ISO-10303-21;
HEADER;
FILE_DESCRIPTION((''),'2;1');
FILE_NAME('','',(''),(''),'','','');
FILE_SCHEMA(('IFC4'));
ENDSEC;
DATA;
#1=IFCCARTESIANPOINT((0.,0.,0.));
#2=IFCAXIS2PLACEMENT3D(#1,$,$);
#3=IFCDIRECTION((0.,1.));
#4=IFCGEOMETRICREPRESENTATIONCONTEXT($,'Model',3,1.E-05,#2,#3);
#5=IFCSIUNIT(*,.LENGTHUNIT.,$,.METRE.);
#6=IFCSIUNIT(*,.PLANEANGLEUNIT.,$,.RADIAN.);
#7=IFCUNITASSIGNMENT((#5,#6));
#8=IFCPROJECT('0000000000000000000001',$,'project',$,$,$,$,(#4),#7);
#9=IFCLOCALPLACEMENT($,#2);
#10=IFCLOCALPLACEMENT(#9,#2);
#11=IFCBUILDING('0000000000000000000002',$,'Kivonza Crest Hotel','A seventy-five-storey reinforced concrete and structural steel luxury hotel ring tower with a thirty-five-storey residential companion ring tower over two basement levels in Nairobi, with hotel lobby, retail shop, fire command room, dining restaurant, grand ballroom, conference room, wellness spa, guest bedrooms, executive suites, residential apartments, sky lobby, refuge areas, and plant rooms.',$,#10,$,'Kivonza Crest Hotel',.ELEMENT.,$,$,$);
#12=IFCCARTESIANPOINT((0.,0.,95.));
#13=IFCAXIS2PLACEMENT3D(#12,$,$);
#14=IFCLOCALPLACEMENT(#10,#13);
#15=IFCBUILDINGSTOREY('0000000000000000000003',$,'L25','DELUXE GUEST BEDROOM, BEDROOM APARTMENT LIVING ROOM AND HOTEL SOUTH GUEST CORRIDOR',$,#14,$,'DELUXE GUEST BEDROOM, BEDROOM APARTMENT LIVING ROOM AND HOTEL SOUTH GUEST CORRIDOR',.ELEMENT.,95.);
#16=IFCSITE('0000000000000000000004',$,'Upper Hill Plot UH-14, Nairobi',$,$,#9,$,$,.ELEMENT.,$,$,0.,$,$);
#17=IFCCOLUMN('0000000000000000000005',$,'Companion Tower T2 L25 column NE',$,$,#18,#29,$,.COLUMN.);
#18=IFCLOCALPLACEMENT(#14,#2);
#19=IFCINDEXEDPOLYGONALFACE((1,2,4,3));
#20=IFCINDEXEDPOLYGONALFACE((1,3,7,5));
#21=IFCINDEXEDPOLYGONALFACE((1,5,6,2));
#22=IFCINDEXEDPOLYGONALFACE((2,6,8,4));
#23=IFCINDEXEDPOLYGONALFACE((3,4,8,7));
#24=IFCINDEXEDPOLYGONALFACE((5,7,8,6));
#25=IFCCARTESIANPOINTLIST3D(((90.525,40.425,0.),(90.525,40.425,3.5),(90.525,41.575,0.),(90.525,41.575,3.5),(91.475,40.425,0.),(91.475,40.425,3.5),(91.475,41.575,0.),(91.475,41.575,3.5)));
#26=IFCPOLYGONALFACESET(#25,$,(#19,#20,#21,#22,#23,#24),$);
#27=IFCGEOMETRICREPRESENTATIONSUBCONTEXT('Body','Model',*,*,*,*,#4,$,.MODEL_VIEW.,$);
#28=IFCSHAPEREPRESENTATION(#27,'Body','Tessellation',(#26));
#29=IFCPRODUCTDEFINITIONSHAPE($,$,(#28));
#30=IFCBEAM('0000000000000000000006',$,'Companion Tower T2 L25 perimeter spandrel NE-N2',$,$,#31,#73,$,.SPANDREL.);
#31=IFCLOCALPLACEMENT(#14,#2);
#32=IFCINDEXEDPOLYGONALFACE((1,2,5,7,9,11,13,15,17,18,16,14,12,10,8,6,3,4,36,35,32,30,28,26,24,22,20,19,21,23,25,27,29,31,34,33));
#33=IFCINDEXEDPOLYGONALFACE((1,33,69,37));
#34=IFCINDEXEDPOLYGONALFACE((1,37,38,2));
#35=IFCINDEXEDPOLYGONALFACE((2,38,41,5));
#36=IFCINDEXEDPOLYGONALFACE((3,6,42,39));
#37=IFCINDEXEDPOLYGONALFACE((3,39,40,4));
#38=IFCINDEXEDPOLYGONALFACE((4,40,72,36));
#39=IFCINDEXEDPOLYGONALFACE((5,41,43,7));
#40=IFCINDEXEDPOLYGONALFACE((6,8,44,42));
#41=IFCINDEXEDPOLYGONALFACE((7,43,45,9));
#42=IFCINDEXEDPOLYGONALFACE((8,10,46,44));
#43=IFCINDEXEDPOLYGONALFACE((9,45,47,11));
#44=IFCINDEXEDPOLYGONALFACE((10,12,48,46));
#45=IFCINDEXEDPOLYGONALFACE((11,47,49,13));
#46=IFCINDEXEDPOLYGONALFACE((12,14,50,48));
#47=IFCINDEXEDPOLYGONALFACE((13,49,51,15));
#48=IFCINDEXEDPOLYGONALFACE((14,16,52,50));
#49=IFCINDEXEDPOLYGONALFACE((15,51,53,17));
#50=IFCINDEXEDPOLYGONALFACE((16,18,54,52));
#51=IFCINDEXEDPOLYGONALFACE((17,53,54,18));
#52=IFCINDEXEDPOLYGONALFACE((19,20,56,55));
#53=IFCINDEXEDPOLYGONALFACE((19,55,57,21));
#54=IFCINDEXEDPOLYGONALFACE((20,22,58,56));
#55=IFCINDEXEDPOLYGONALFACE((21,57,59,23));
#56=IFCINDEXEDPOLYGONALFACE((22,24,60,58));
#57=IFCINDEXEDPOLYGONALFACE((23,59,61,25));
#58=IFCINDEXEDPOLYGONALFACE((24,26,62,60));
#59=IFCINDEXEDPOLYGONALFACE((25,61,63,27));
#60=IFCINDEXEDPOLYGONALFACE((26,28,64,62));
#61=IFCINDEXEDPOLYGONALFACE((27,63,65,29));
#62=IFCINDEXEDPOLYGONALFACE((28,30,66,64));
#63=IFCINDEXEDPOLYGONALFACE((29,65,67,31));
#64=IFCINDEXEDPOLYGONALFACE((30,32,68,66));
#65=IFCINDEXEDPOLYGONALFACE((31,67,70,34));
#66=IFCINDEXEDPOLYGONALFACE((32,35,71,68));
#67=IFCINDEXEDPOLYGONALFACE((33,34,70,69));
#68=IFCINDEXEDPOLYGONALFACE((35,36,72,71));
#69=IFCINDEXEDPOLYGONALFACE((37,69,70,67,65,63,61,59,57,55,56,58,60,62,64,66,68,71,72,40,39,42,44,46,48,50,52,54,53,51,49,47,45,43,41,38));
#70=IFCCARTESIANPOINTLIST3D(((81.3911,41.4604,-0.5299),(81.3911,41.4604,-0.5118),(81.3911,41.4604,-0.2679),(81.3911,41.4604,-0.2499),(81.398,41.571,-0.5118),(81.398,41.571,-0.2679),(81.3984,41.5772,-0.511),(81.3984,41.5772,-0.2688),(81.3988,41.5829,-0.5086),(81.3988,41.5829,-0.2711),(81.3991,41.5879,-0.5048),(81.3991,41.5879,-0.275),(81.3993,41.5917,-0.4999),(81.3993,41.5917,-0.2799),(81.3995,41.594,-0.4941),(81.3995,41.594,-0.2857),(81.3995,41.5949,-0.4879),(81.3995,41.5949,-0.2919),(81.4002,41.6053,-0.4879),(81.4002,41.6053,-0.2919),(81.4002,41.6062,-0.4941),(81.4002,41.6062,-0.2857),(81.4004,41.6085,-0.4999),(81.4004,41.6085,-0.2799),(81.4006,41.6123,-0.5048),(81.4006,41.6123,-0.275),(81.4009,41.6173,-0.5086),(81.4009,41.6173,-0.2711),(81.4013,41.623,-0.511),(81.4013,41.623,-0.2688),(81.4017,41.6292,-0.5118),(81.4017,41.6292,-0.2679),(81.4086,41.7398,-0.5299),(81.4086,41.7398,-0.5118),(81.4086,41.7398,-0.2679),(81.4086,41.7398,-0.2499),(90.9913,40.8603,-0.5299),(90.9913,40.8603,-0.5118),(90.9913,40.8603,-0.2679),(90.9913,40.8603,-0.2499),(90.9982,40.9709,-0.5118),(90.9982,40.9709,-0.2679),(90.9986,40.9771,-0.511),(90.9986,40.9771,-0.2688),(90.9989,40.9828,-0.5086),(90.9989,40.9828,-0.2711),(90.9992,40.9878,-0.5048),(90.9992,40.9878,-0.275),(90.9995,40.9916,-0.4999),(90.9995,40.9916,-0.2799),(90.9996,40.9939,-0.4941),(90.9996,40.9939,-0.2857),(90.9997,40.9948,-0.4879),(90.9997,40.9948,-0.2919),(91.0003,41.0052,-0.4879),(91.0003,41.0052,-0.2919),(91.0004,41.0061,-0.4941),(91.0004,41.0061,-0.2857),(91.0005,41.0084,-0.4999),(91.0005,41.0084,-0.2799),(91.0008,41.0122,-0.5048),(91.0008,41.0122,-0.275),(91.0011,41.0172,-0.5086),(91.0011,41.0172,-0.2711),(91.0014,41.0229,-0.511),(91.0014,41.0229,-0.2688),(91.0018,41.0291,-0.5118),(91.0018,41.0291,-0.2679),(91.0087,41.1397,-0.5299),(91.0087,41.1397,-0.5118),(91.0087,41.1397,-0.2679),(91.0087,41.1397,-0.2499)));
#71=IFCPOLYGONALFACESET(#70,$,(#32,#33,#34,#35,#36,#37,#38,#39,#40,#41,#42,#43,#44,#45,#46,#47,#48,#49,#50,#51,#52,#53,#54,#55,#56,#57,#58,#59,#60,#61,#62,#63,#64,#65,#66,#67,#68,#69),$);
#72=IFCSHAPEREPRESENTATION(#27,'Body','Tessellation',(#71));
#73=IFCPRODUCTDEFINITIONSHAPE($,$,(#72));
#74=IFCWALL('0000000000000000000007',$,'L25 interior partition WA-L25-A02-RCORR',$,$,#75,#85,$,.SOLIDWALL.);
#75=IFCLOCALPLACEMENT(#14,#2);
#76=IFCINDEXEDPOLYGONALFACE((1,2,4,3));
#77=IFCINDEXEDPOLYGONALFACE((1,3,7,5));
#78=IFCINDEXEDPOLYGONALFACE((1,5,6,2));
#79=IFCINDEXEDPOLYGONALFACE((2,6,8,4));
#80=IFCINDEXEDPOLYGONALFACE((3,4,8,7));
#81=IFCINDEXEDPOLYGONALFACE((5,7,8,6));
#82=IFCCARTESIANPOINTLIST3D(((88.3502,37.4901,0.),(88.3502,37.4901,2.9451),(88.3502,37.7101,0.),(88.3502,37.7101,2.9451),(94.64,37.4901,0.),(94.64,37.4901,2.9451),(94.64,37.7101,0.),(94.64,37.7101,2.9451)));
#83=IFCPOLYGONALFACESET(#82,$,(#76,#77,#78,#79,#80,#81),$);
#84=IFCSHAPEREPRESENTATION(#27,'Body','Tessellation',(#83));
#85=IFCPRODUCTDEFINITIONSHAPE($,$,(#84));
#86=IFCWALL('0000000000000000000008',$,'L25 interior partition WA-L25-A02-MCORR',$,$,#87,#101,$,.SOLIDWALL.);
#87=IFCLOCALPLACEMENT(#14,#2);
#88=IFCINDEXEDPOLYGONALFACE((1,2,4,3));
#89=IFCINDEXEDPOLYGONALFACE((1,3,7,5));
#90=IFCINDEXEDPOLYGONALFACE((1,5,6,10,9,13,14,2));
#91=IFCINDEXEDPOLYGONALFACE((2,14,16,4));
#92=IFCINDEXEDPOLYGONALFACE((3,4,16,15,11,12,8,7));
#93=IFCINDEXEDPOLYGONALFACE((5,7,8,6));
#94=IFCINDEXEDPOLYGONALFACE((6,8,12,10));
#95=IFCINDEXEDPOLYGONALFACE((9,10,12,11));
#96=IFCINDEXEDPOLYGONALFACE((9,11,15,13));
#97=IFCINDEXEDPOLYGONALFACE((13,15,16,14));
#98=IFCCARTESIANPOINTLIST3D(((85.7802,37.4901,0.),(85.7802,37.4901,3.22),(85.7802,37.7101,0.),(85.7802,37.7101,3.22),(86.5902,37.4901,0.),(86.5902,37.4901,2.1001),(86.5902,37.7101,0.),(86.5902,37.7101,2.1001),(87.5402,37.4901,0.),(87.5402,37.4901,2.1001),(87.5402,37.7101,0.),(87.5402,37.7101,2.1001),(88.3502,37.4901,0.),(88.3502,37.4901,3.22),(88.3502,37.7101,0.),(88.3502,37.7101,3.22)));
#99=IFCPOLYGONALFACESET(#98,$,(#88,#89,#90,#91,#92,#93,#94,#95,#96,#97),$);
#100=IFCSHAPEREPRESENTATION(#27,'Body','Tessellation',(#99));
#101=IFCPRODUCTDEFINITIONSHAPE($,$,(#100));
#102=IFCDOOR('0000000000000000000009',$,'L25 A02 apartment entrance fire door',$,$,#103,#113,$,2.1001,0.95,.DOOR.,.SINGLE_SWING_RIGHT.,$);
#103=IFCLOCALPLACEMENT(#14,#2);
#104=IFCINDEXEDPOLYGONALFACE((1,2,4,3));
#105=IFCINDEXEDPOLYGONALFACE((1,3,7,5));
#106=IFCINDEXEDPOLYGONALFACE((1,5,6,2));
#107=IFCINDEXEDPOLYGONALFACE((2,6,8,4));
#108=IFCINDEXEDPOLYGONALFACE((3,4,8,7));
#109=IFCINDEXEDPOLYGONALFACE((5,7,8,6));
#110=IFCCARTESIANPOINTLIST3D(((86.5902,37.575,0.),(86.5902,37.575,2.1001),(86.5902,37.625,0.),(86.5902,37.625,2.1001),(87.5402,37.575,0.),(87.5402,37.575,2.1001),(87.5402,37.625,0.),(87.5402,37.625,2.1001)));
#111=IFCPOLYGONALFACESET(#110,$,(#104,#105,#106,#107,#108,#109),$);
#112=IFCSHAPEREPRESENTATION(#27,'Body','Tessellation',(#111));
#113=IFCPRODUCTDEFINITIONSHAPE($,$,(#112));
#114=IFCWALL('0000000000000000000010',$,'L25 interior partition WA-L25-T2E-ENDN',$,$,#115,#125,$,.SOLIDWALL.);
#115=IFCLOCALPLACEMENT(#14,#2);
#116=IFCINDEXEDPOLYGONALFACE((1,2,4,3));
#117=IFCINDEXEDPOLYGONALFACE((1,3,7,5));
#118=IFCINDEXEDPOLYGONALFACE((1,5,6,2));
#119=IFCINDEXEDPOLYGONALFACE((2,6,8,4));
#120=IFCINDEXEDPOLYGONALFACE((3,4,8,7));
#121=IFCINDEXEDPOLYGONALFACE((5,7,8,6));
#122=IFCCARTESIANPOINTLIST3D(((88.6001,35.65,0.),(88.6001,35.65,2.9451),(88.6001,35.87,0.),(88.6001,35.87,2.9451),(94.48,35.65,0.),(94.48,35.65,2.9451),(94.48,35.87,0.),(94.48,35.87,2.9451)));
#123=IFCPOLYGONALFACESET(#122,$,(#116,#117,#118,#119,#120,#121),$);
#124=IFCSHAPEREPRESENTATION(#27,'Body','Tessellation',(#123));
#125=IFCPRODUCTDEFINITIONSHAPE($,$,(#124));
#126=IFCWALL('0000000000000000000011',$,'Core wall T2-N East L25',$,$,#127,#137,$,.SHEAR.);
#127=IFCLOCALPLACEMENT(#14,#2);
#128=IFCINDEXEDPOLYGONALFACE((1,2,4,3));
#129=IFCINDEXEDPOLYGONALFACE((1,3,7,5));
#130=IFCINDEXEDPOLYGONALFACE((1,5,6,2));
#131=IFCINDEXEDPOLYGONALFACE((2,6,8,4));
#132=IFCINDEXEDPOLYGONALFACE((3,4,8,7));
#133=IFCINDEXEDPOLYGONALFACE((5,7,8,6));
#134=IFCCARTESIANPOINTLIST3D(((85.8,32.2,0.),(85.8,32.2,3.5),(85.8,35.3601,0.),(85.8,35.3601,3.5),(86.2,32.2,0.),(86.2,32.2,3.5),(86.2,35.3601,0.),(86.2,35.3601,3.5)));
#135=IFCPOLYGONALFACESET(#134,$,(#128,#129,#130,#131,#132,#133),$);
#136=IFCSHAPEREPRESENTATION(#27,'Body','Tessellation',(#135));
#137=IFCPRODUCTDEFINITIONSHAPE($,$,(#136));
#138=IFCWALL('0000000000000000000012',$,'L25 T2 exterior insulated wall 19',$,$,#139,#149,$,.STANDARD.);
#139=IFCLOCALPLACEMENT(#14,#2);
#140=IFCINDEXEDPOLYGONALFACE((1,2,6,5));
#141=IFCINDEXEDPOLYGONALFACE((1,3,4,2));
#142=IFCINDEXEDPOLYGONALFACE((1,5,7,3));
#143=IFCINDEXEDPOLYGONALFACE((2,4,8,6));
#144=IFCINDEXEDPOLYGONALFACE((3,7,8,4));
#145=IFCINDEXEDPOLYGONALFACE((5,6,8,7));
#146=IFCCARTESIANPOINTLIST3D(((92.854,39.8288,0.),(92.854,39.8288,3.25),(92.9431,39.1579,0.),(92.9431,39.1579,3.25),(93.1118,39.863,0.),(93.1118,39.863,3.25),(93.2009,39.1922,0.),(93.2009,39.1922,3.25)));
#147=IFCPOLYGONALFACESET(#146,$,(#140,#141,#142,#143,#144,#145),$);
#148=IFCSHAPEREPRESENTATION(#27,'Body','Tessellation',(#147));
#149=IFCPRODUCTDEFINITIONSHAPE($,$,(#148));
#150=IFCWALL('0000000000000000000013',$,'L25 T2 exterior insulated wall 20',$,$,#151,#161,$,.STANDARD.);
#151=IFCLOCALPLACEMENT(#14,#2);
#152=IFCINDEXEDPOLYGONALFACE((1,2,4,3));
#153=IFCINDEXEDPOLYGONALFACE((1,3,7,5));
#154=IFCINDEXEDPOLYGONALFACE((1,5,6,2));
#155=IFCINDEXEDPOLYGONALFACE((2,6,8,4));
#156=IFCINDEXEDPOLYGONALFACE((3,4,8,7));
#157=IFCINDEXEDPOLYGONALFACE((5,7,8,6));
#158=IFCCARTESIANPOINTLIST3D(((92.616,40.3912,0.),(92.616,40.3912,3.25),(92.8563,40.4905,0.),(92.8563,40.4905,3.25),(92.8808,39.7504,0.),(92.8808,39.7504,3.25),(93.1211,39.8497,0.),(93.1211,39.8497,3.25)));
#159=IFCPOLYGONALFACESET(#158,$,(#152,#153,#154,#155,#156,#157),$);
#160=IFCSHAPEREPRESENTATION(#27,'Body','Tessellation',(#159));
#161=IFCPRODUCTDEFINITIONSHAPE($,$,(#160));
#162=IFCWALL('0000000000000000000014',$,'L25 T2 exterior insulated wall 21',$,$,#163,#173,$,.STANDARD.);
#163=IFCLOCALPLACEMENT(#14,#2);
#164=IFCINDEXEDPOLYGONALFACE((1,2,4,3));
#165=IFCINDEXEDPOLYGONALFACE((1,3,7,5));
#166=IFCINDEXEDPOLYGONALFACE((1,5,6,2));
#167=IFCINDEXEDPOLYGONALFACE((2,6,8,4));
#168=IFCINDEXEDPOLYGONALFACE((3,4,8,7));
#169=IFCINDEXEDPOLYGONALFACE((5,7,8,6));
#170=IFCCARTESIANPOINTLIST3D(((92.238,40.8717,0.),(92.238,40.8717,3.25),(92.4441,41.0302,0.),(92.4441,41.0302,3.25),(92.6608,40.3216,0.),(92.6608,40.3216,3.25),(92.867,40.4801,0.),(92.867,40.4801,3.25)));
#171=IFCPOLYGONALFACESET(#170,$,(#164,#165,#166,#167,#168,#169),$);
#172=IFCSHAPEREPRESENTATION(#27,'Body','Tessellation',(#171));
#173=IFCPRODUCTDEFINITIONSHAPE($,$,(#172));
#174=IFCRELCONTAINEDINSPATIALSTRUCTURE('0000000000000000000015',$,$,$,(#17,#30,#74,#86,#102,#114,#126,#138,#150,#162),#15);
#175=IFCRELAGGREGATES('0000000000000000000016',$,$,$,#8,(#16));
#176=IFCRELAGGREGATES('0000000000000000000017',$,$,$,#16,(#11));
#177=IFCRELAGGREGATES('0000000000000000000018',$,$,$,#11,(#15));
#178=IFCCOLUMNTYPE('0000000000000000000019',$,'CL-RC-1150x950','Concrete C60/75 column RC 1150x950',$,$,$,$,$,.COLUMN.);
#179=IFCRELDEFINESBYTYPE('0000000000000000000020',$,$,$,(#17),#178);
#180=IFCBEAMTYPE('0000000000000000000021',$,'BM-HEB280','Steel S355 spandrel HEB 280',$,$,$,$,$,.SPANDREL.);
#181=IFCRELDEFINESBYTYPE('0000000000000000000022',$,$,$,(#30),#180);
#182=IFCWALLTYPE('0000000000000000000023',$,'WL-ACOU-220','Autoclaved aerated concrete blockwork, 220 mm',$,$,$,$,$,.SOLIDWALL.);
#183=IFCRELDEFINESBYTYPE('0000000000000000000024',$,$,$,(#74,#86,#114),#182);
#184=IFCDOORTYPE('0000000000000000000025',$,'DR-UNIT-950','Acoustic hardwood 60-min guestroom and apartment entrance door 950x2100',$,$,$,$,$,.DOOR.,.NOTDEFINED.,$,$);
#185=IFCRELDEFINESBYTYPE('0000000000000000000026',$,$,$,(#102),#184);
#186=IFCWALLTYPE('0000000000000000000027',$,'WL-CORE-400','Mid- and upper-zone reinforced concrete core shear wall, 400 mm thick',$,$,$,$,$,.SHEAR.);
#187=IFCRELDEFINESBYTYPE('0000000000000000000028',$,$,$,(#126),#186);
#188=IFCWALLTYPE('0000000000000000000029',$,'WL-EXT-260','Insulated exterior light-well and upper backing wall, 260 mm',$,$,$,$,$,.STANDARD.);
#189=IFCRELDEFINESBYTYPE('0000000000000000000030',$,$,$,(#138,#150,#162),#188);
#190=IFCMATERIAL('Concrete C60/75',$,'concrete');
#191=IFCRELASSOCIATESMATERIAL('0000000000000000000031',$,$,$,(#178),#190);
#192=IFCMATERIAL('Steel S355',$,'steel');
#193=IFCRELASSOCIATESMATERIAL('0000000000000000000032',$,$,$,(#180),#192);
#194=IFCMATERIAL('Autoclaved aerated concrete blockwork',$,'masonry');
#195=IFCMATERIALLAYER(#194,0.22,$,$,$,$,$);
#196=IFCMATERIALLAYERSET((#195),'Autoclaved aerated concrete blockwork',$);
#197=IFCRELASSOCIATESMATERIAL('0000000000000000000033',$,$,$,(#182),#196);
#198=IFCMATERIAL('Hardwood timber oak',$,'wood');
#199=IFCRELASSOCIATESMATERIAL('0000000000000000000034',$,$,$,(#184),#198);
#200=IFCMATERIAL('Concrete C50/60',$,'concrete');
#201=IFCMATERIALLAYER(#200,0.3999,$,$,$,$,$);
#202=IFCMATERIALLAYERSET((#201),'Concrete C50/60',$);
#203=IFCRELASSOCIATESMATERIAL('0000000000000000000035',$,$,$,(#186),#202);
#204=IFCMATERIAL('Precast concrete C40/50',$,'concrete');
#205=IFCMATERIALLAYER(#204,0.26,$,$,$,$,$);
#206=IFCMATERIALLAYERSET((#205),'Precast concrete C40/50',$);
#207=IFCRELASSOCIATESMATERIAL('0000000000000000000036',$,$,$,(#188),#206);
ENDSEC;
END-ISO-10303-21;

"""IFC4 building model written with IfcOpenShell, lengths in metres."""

from ifc_helpers import new_model, si_unit, direction, frame, frame_2d, origin, origin_2d, place, context, subcontext, project, spatial, rectangle, i_section, extrude, material, layer, layer_set, material_profile, profile_set, type_object, element, fill, save


model = new_model("IFC4")

# Units and contexts
model_context = context("Model", 3, precision=1e-05, world=origin(), true_north=direction((0.0, 1.0)))
body_context = subcontext(model_context, "Body", "Model", "MODEL_VIEW")
ifc_project = project(units=[si_unit("LENGTHUNIT", "METRE"), si_unit("PLANEANGLEUNIT", "RADIAN")], contexts=[model_context])

# Site, building, storey
site_placement = place(None, origin())
site = spatial("IfcSite", under=ifc_project, at=site_placement, Name="Upper Hill Plot UH-14, Nairobi", CompositionType="ELEMENT", RefElevation=0.0)
building_placement = place(site_placement, origin())
building = spatial("IfcBuilding", under=site, at=building_placement, Name="Kivonza Crest Hotel", Description="A seventy-five-storey reinforced concrete and structural steel luxury hotel ring tower with a thirty-five-storey residential companion ring tower over two basement levels in Nairobi, with hotel lobby, retail shop, fire command room, dining restaurant, grand ballroom, conference room, wellness spa, guest bedrooms, executive suites, residential apartments, sky lobby, refuge areas, and plant rooms.", LongName="Kivonza Crest Hotel", CompositionType="ELEMENT")
storey_placement = place(building_placement, frame((0.0, 0.0, 95.0)))
storey = spatial("IfcBuildingStorey", under=building, at=storey_placement, Name="L25", Description="DELUXE GUEST BEDROOM, BEDROOM APARTMENT LIVING ROOM AND HOTEL SOUTH GUEST CORRIDOR", LongName="DELUXE GUEST BEDROOM, BEDROOM APARTMENT LIVING ROOM AND HOTEL SOUTH GUEST CORRIDOR", CompositionType="ELEMENT", Elevation=95.0)

# Column
ifc_material_1 = material(Name="Concrete C60/75", Category="concrete")
ifc_material_profile_1 = material_profile(ifc_material_1, rectangle(XDim=0.95, YDim=1.1499, at=origin_2d()), Name="RC 1150x950")
ifc_profile_set_1 = profile_set([ifc_material_profile_1], Name="Concrete C60/75")
column_type = type_object("IfcColumnType", Name="CL-RC-1150x950", Description="Concrete C60/75 column RC 1150x950", PredefinedType="COLUMN", material=ifc_profile_set_1)
column_placement = place(storey_placement, frame((91.0, 41.0, 0.0), z_axis=(0.0, 0.0, 1.0), x_axis=(1.0, 0.0, 0.0)))
element("IfcColumn", 1, at=column_placement, inside=storey, type_object=column_type, Name="Companion Tower T2 L25 column NE", PredefinedType="COLUMN", context=body_context, shape_type="SweptSolid", body=[
    extrude(rectangle(XDim=0.95, YDim=1.1499, at=origin_2d()), origin(), (0.0, 0.0, 1.0), 3.5),
])

# Beam
ifc_material_2 = material(Name="Steel S355", Category="steel")
ifc_material_profile_2 = material_profile(ifc_material_2, i_section(OverallWidth=0.28, OverallDepth=0.28, WebThickness=0.0105, FlangeThickness=0.0181, FilletRadius=0.0239, at=origin_2d()), Name="HEB 280")
ifc_profile_set_2 = profile_set([ifc_material_profile_2], Name="Steel S355")
beam_type = type_object("IfcBeamType", Name="BM-HEB280", Description="Steel S355 spandrel HEB 280", PredefinedType="SPANDREL", material=ifc_profile_set_2)
beam_placement = place(storey_placement, frame((91.0, 41.0, -0.3899), z_axis=(-0.998052, 0.062388, 0.0), x_axis=(-0.062388, -0.998052, 0.0)))
element("IfcBeam", 2, at=beam_placement, inside=storey, type_object=beam_type, Name="Companion Tower T2 L25 perimeter spandrel NE-N2", PredefinedType="SPANDREL", context=body_context, shape_type="SweptSolid", body=[
    extrude(i_section(OverallWidth=0.28, OverallDepth=0.28, WebThickness=0.0105, FlangeThickness=0.0181, FilletRadius=0.0239, at=origin_2d()), origin(), (0.0, 0.0, 1.0), 9.6189),
])

# Wall
ifc_material_3 = material(Name="Autoclaved aerated concrete blockwork", Category="masonry")
ifc_layer_1 = layer(ifc_material_3, 0.22)
ifc_layer_set_1 = layer_set([ifc_layer_1], Name="Autoclaved aerated concrete blockwork")
wall_type_1 = type_object("IfcWallType", Name="WL-ACOU-220", Description="Autoclaved aerated concrete blockwork, 220 mm", PredefinedType="SOLIDWALL", material=ifc_layer_set_1)
wall_1_placement = place(storey_placement, frame((88.3501, 37.6001, 0.0), z_axis=(0.0, 0.0, 1.0), x_axis=(1.0, 0.0, 0.0)))
element("IfcWall", 3, at=wall_1_placement, inside=storey, type_object=wall_type_1, Name="L25 interior partition WA-L25-A02-RCORR", PredefinedType="SOLIDWALL", context=body_context, shape_type="SweptSolid", body=[
    extrude(rectangle(XDim=6.2898, YDim=0.22, at=frame_2d((3.145, 0.0))), origin(), (0.0, 0.0, 1.0), 2.9451),
])

# Wall, opening, door
wall_2_placement = place(storey_placement, frame((85.78, 37.6001, 0.0), z_axis=(0.0, 0.0, 1.0), x_axis=(1.0, 0.0, 0.0)))
wall_2 = element("IfcWall", 4, at=wall_2_placement, inside=storey, type_object=wall_type_1, Name="L25 interior partition WA-L25-A02-MCORR", PredefinedType="SOLIDWALL", context=body_context, shape_type="SweptSolid", body=[
    extrude(rectangle(XDim=2.5701, YDim=0.22, at=frame_2d((1.2852, 0.0))), origin(), (0.0, 0.0, 1.0), 3.22),
])
opening_1_placement = place(wall_2_placement, frame((0.8101, 0.0, 0.0)))
opening_1 = element("IfcOpeningElement", 5, at=opening_1_placement, cuts=wall_2, PredefinedType="OPENING", context=body_context, shape_type="SweptSolid", body=[
    extrude(rectangle(XDim=0.95, YDim=2.1001, at=frame_2d((0.4751, 1.05))), frame((0.0, 0.1201, 0.0), z_axis=(0.0, -1.0, 0.0), x_axis=(1.0, 0.0, 0.0)), (0.0, 0.0, 1.0), 0.24),
])
ifc_material_4 = material(Name="Hardwood timber oak", Category="wood")
door_type_1 = type_object("IfcDoorType", Name="DR-UNIT-950", Description="Acoustic hardwood 60-min guestroom and apartment entrance door 950x2100", OperationType="NOTDEFINED", PredefinedType="DOOR", material=ifc_material_4)
door_1_placement = place(opening_1_placement, origin())
door_1 = element("IfcDoor", 6, at=door_1_placement, inside=storey, type_object=door_type_1, Name="L25 A02 apartment entrance fire door", OperationType="SINGLE_SWING_RIGHT", OverallHeight=2.1001, OverallWidth=0.95, PredefinedType="DOOR", context=body_context, shape_type="SweptSolid", body=[
    extrude(rectangle(XDim=0.95, YDim=2.1001, at=frame_2d((0.4751, 1.05))), frame((0.0, 0.0249, 0.0), z_axis=(0.0, -1.0, 0.0), x_axis=(1.0, 0.0, 0.0)), (0.0, 0.0, 1.0), 0.05),
])
fill(opening_1, door_1)

# Walls
wall_3_placement = place(storey_placement, frame((88.6001, 35.76, 0.0), z_axis=(0.0, 0.0, 1.0), x_axis=(1.0, 0.0, 0.0)))
element("IfcWall", 7, at=wall_3_placement, inside=storey, type_object=wall_type_1, Name="L25 interior partition WA-L25-T2E-ENDN", PredefinedType="SOLIDWALL", context=body_context, shape_type="SweptSolid", body=[
    extrude(rectangle(XDim=5.8799, YDim=0.22, at=frame_2d((2.9399, 0.0))), origin(), (0.0, 0.0, 1.0), 2.9451),
])
ifc_material_5 = material(Name="Concrete C50/60", Category="concrete")
ifc_layer_2 = layer(ifc_material_5, 0.3999)
ifc_layer_set_2 = layer_set([ifc_layer_2], Name="Concrete C50/60")
wall_type_2 = type_object("IfcWallType", Name="WL-CORE-400", Description="Mid- and upper-zone reinforced concrete core shear wall, 400 mm thick", PredefinedType="SHEAR", material=ifc_layer_set_2)
wall_4_placement = place(storey_placement, frame((86.0, 32.2, 0.0), z_axis=(0.0, 0.0, 1.0), x_axis=(0.0, 1.0, 0.0)))
element("IfcWall", 8, at=wall_4_placement, inside=storey, type_object=wall_type_2, Name="Core wall T2-N East L25", PredefinedType="SHEAR", context=body_context, shape_type="SweptSolid", body=[
    extrude(rectangle(XDim=3.1602, YDim=0.3999, at=frame_2d((1.5801, 0.0))), origin(), (0.0, 0.0, 1.0), 3.5),
])
ifc_material_6 = material(Name="Precast concrete C40/50", Category="concrete")
ifc_layer_3 = layer(ifc_material_6, 0.26)
ifc_layer_set_3 = layer_set([ifc_layer_3], Name="Precast concrete C40/50")
wall_type_3 = type_object("IfcWallType", Name="WL-EXT-260", Description="Insulated exterior light-well and upper backing wall, 260 mm", PredefinedType="STANDARD", material=ifc_layer_set_3)
wall_5_placement = place(storey_placement, frame((93.072, 39.175, 0.0), z_axis=(0.0, 0.0, 1.0), x_axis=(-0.131667, 0.991294, 0.0)))
element("IfcWall", 9, at=wall_5_placement, inside=storey, type_object=wall_type_3, Name="L25 T2 exterior insulated wall 19", PredefinedType="STANDARD", context=body_context, shape_type="SweptSolid", body=[
    extrude(rectangle(XDim=0.6768, YDim=0.26, at=frame_2d((0.3384, 0.0))), origin(), (0.0, 0.0, 1.0), 3.25),
])
wall_6_placement = place(storey_placement, frame((93.001, 39.8, 0.0), z_axis=(0.0, 0.0, 1.0), x_axis=(-0.381989, 0.924167, 0.0)))
element("IfcWall", 10, at=wall_6_placement, inside=storey, type_object=wall_type_3, Name="L25 T2 exterior insulated wall 20", PredefinedType="STANDARD", context=body_context, shape_type="SweptSolid", body=[
    extrude(rectangle(XDim=0.6934, YDim=0.26, at=frame_2d((0.3467, 0.0))), origin(), (0.0, 0.0, 1.0), 3.25),
])
wall_7_placement = place(storey_placement, frame((92.7639, 40.4009, 0.0), z_axis=(0.0, 0.0, 1.0), x_axis=(-0.609473, 0.792807, 0.0)))
element("IfcWall", 11, at=wall_7_placement, inside=storey, type_object=wall_type_3, Name="L25 T2 exterior insulated wall 21", PredefinedType="STANDARD", context=body_context, shape_type="SweptSolid", body=[
    extrude(rectangle(XDim=0.6938, YDim=0.26, at=frame_2d((0.3469, 0.0))), origin(), (0.0, 0.0, 1.0), 3.25),
])

save(model, "model.ifc")
